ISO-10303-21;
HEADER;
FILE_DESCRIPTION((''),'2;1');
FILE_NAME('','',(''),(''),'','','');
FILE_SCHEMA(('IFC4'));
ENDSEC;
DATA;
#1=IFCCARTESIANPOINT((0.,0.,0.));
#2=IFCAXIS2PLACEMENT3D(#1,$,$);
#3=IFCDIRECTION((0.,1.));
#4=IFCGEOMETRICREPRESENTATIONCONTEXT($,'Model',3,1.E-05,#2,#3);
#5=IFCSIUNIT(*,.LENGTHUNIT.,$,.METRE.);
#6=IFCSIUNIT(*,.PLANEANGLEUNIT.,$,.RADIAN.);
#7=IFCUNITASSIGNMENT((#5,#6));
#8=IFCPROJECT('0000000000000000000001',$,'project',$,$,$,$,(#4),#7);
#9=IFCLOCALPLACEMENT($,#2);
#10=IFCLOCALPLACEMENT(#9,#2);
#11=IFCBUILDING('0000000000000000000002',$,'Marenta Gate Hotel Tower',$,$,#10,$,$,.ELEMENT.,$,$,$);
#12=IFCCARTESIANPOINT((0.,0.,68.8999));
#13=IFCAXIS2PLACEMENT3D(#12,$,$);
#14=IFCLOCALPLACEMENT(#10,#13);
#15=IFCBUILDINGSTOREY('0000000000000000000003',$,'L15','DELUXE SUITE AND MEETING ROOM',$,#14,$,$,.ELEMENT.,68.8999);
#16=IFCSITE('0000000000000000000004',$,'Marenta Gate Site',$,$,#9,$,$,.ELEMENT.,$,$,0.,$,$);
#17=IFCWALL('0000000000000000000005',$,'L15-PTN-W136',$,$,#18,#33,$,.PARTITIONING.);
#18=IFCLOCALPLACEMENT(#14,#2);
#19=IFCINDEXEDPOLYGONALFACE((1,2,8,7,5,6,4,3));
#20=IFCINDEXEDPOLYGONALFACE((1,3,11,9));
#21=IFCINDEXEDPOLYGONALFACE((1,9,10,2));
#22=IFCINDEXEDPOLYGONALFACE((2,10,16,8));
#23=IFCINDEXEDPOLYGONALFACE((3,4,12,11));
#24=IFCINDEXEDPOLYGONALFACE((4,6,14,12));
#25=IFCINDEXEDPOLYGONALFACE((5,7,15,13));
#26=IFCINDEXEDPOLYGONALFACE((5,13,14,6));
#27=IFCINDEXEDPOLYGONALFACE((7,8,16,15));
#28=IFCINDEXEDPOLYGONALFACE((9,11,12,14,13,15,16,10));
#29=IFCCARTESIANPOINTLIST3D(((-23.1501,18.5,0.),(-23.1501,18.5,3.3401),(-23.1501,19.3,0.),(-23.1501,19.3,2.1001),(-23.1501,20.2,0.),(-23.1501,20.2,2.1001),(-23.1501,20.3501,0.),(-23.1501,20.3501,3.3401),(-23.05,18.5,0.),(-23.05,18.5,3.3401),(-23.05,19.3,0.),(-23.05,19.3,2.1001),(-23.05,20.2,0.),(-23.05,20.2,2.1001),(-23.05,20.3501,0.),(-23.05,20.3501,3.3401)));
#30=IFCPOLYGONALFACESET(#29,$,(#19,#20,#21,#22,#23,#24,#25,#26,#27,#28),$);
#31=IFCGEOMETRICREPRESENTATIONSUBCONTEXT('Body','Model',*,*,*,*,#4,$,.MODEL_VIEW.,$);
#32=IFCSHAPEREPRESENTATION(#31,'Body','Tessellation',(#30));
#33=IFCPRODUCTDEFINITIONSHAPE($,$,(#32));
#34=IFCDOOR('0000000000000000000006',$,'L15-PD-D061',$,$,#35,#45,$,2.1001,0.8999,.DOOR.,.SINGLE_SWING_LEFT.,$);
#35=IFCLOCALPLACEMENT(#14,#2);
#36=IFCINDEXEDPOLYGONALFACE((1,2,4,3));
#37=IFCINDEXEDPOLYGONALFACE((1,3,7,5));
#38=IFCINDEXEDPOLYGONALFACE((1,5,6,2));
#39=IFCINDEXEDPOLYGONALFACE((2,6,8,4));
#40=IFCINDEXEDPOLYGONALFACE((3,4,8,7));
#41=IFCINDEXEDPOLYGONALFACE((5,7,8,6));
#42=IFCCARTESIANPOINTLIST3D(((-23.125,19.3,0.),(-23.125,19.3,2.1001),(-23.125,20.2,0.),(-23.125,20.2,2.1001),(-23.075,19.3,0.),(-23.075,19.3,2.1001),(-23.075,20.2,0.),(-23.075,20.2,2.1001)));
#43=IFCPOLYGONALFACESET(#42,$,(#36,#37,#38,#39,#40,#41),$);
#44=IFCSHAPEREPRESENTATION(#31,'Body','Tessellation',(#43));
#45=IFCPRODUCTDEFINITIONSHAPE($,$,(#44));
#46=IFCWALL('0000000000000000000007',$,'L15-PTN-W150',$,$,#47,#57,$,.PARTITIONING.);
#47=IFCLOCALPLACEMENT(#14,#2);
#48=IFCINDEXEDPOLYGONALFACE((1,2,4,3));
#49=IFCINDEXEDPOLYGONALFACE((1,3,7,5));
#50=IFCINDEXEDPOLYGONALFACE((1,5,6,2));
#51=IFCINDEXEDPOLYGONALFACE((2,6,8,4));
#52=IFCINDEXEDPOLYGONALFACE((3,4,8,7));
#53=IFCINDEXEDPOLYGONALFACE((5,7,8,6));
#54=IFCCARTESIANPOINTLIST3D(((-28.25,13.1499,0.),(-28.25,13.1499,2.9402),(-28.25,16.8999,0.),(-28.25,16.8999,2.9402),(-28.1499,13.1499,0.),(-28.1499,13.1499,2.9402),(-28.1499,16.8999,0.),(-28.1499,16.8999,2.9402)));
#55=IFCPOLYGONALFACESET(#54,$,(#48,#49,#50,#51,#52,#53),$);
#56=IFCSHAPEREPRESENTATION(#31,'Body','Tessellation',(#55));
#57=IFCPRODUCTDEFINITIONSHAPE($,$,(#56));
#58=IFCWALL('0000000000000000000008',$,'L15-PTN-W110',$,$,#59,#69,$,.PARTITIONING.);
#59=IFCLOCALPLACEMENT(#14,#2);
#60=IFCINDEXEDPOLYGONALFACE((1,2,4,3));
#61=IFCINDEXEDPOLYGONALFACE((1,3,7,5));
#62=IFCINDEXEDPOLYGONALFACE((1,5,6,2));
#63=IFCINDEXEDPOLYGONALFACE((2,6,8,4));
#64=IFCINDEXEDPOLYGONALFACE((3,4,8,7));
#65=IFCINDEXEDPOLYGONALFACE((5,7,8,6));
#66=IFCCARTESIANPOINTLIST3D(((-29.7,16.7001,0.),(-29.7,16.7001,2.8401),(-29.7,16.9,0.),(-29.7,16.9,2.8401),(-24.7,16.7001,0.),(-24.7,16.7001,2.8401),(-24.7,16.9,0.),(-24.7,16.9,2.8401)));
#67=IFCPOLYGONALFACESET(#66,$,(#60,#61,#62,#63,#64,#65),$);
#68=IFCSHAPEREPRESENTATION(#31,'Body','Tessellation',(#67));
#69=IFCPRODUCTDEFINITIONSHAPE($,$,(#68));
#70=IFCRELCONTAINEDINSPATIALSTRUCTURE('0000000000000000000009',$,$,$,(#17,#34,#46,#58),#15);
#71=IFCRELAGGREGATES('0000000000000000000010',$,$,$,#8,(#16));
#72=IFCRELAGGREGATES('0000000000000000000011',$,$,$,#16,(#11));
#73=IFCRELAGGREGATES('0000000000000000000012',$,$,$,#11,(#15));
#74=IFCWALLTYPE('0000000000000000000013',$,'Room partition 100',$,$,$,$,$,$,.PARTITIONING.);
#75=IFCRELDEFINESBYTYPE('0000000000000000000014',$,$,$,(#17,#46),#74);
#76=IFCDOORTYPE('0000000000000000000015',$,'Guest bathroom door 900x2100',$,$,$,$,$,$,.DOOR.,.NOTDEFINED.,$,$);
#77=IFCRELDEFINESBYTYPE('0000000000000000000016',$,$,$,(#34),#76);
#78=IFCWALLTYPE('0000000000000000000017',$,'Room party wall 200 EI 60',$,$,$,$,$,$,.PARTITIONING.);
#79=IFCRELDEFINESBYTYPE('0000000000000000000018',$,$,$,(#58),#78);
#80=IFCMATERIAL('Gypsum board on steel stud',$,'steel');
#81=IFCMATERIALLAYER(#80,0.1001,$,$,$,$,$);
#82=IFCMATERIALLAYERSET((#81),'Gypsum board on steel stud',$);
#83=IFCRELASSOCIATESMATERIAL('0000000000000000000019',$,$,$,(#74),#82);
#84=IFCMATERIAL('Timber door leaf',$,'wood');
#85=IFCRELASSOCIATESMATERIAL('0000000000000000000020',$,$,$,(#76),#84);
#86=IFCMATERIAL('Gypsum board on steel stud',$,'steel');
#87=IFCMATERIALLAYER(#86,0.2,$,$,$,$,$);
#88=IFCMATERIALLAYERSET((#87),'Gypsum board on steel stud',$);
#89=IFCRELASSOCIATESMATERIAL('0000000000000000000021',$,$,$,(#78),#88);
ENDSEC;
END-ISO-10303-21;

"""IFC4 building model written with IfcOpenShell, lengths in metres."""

from ifc_helpers import new_model, si_unit, direction, frame, frame_2d, origin, place, context, subcontext, project, spatial, rectangle, extrude, material, layer, layer_set, type_object, element, fill, save


model = new_model("IFC4")

# Units and contexts
model_context = context("Model", 3, precision=1e-05, world=origin(), true_north=direction((0.0, 1.0)))
body_context = subcontext(model_context, "Body", "Model", "MODEL_VIEW")
ifc_project = project(units=[si_unit("LENGTHUNIT", "METRE"), si_unit("PLANEANGLEUNIT", "RADIAN")], contexts=[model_context])

# Site, building, storey
site_placement = place(None, origin())
site = spatial("IfcSite", under=ifc_project, at=site_placement, Name="Marenta Gate Site", CompositionType="ELEMENT", RefElevation=0.0)
building_placement = place(site_placement, origin())
building = spatial("IfcBuilding", under=site, at=building_placement, Name="Marenta Gate Hotel Tower", CompositionType="ELEMENT")
storey_placement = place(building_placement, frame((0.0, 0.0, 68.8999)))
storey = spatial("IfcBuildingStorey", under=building, at=storey_placement, Name="L15", Description="DELUXE SUITE AND MEETING ROOM", CompositionType="ELEMENT", Elevation=68.8999)

# Wall, opening, door
ifc_material_1 = material(Name="Gypsum board on steel stud", Category="steel")
ifc_layer_1 = layer(ifc_material_1, 0.1001)
ifc_layer_set_1 = layer_set([ifc_layer_1], Name="Gypsum board on steel stud")
wall_type_1 = type_object("IfcWallType", Name="Room partition 100", PredefinedType="PARTITIONING", material=ifc_layer_set_1)
ifc_material_2 = material(Name="Timber door leaf", Category="wood")
door_type_1 = type_object("IfcDoorType", Name="Guest bathroom door 900x2100", OperationType="NOTDEFINED", PredefinedType="DOOR", material=ifc_material_2)
wall_1_placement = place(storey_placement, frame((-23.1001, 18.5, 0.0), z_axis=(0.0, 0.0, 1.0), x_axis=(0.0, 1.0, 0.0)))
wall_1 = element("IfcWall", 1, at=wall_1_placement, inside=storey, type_object=wall_type_1, Name="L15-PTN-W136", PredefinedType="PARTITIONING", context=body_context, shape_type="SweptSolid", body=[
    extrude(rectangle(XDim=1.8501, YDim=0.1001, at=frame_2d((0.925, 0.0))), origin(), (0.0, 0.0, 1.0), 3.3401),
])
opening_1_placement = place(wall_1_placement, frame((0.8, 0.0, 0.0)))
opening_1 = element("IfcOpeningElement", 2, at=opening_1_placement, cuts=wall_1, PredefinedType="OPENING", context=body_context, shape_type="SweptSolid", body=[
    extrude(rectangle(XDim=0.8999, YDim=2.1001, at=frame_2d((0.45, 1.05))), frame((0.0, 0.05, 0.0), z_axis=(0.0, -1.0, 0.0), x_axis=(1.0, 0.0, 0.0)), (0.0, 0.0, 1.0), 0.1001),
])
door_1_placement = place(opening_1_placement, origin())
door_1 = element("IfcDoor", 3, at=door_1_placement, inside=storey, type_object=door_type_1, Name="L15-PD-D061", OperationType="SINGLE_SWING_LEFT", OverallHeight=2.1001, OverallWidth=0.8999, PredefinedType="DOOR", context=body_context, shape_type="SweptSolid", body=[
    extrude(rectangle(XDim=0.8999, YDim=2.1001, at=frame_2d((0.45, 1.05))), frame((0.0, 0.0249, 0.0), z_axis=(0.0, -1.0, 0.0), x_axis=(1.0, 0.0, 0.0)), (0.0, 0.0, 1.0), 0.05),
])
fill(opening_1, door_1)

# Walls
wall_2_placement = place(storey_placement, frame((-28.2, 13.1499, 0.0), z_axis=(0.0, 0.0, 1.0), x_axis=(0.0, 1.0, 0.0)))
element("IfcWall", 4, at=wall_2_placement, inside=storey, type_object=wall_type_1, Name="L15-PTN-W150", PredefinedType="PARTITIONING", context=body_context, shape_type="SweptSolid", body=[
    extrude(rectangle(XDim=3.75, YDim=0.1001, at=frame_2d((1.875, 0.0))), origin(), (0.0, 0.0, 1.0), 2.9402),
])
ifc_material_3 = material(Name="Gypsum board on steel stud", Category="steel")
ifc_layer_2 = layer(ifc_material_3, 0.2)
ifc_layer_set_2 = layer_set([ifc_layer_2], Name="Gypsum board on steel stud")
wall_type_2 = type_object("IfcWallType", Name="Room party wall 200 EI 60", PredefinedType="PARTITIONING", material=ifc_layer_set_2)
wall_3_placement = place(storey_placement, frame((-29.7, 16.8, 0.0), z_axis=(0.0, 0.0, 1.0), x_axis=(1.0, 0.0, 0.0)))
element("IfcWall", 5, at=wall_3_placement, inside=storey, type_object=wall_type_2, Name="L15-PTN-W110", PredefinedType="PARTITIONING", context=body_context, shape_type="SweptSolid", body=[
    extrude(rectangle(XDim=5.0, YDim=0.2, at=frame_2d((2.5, 0.0))), origin(), (0.0, 0.0, 1.0), 2.8401),
])

save(model, "model.ifc")
